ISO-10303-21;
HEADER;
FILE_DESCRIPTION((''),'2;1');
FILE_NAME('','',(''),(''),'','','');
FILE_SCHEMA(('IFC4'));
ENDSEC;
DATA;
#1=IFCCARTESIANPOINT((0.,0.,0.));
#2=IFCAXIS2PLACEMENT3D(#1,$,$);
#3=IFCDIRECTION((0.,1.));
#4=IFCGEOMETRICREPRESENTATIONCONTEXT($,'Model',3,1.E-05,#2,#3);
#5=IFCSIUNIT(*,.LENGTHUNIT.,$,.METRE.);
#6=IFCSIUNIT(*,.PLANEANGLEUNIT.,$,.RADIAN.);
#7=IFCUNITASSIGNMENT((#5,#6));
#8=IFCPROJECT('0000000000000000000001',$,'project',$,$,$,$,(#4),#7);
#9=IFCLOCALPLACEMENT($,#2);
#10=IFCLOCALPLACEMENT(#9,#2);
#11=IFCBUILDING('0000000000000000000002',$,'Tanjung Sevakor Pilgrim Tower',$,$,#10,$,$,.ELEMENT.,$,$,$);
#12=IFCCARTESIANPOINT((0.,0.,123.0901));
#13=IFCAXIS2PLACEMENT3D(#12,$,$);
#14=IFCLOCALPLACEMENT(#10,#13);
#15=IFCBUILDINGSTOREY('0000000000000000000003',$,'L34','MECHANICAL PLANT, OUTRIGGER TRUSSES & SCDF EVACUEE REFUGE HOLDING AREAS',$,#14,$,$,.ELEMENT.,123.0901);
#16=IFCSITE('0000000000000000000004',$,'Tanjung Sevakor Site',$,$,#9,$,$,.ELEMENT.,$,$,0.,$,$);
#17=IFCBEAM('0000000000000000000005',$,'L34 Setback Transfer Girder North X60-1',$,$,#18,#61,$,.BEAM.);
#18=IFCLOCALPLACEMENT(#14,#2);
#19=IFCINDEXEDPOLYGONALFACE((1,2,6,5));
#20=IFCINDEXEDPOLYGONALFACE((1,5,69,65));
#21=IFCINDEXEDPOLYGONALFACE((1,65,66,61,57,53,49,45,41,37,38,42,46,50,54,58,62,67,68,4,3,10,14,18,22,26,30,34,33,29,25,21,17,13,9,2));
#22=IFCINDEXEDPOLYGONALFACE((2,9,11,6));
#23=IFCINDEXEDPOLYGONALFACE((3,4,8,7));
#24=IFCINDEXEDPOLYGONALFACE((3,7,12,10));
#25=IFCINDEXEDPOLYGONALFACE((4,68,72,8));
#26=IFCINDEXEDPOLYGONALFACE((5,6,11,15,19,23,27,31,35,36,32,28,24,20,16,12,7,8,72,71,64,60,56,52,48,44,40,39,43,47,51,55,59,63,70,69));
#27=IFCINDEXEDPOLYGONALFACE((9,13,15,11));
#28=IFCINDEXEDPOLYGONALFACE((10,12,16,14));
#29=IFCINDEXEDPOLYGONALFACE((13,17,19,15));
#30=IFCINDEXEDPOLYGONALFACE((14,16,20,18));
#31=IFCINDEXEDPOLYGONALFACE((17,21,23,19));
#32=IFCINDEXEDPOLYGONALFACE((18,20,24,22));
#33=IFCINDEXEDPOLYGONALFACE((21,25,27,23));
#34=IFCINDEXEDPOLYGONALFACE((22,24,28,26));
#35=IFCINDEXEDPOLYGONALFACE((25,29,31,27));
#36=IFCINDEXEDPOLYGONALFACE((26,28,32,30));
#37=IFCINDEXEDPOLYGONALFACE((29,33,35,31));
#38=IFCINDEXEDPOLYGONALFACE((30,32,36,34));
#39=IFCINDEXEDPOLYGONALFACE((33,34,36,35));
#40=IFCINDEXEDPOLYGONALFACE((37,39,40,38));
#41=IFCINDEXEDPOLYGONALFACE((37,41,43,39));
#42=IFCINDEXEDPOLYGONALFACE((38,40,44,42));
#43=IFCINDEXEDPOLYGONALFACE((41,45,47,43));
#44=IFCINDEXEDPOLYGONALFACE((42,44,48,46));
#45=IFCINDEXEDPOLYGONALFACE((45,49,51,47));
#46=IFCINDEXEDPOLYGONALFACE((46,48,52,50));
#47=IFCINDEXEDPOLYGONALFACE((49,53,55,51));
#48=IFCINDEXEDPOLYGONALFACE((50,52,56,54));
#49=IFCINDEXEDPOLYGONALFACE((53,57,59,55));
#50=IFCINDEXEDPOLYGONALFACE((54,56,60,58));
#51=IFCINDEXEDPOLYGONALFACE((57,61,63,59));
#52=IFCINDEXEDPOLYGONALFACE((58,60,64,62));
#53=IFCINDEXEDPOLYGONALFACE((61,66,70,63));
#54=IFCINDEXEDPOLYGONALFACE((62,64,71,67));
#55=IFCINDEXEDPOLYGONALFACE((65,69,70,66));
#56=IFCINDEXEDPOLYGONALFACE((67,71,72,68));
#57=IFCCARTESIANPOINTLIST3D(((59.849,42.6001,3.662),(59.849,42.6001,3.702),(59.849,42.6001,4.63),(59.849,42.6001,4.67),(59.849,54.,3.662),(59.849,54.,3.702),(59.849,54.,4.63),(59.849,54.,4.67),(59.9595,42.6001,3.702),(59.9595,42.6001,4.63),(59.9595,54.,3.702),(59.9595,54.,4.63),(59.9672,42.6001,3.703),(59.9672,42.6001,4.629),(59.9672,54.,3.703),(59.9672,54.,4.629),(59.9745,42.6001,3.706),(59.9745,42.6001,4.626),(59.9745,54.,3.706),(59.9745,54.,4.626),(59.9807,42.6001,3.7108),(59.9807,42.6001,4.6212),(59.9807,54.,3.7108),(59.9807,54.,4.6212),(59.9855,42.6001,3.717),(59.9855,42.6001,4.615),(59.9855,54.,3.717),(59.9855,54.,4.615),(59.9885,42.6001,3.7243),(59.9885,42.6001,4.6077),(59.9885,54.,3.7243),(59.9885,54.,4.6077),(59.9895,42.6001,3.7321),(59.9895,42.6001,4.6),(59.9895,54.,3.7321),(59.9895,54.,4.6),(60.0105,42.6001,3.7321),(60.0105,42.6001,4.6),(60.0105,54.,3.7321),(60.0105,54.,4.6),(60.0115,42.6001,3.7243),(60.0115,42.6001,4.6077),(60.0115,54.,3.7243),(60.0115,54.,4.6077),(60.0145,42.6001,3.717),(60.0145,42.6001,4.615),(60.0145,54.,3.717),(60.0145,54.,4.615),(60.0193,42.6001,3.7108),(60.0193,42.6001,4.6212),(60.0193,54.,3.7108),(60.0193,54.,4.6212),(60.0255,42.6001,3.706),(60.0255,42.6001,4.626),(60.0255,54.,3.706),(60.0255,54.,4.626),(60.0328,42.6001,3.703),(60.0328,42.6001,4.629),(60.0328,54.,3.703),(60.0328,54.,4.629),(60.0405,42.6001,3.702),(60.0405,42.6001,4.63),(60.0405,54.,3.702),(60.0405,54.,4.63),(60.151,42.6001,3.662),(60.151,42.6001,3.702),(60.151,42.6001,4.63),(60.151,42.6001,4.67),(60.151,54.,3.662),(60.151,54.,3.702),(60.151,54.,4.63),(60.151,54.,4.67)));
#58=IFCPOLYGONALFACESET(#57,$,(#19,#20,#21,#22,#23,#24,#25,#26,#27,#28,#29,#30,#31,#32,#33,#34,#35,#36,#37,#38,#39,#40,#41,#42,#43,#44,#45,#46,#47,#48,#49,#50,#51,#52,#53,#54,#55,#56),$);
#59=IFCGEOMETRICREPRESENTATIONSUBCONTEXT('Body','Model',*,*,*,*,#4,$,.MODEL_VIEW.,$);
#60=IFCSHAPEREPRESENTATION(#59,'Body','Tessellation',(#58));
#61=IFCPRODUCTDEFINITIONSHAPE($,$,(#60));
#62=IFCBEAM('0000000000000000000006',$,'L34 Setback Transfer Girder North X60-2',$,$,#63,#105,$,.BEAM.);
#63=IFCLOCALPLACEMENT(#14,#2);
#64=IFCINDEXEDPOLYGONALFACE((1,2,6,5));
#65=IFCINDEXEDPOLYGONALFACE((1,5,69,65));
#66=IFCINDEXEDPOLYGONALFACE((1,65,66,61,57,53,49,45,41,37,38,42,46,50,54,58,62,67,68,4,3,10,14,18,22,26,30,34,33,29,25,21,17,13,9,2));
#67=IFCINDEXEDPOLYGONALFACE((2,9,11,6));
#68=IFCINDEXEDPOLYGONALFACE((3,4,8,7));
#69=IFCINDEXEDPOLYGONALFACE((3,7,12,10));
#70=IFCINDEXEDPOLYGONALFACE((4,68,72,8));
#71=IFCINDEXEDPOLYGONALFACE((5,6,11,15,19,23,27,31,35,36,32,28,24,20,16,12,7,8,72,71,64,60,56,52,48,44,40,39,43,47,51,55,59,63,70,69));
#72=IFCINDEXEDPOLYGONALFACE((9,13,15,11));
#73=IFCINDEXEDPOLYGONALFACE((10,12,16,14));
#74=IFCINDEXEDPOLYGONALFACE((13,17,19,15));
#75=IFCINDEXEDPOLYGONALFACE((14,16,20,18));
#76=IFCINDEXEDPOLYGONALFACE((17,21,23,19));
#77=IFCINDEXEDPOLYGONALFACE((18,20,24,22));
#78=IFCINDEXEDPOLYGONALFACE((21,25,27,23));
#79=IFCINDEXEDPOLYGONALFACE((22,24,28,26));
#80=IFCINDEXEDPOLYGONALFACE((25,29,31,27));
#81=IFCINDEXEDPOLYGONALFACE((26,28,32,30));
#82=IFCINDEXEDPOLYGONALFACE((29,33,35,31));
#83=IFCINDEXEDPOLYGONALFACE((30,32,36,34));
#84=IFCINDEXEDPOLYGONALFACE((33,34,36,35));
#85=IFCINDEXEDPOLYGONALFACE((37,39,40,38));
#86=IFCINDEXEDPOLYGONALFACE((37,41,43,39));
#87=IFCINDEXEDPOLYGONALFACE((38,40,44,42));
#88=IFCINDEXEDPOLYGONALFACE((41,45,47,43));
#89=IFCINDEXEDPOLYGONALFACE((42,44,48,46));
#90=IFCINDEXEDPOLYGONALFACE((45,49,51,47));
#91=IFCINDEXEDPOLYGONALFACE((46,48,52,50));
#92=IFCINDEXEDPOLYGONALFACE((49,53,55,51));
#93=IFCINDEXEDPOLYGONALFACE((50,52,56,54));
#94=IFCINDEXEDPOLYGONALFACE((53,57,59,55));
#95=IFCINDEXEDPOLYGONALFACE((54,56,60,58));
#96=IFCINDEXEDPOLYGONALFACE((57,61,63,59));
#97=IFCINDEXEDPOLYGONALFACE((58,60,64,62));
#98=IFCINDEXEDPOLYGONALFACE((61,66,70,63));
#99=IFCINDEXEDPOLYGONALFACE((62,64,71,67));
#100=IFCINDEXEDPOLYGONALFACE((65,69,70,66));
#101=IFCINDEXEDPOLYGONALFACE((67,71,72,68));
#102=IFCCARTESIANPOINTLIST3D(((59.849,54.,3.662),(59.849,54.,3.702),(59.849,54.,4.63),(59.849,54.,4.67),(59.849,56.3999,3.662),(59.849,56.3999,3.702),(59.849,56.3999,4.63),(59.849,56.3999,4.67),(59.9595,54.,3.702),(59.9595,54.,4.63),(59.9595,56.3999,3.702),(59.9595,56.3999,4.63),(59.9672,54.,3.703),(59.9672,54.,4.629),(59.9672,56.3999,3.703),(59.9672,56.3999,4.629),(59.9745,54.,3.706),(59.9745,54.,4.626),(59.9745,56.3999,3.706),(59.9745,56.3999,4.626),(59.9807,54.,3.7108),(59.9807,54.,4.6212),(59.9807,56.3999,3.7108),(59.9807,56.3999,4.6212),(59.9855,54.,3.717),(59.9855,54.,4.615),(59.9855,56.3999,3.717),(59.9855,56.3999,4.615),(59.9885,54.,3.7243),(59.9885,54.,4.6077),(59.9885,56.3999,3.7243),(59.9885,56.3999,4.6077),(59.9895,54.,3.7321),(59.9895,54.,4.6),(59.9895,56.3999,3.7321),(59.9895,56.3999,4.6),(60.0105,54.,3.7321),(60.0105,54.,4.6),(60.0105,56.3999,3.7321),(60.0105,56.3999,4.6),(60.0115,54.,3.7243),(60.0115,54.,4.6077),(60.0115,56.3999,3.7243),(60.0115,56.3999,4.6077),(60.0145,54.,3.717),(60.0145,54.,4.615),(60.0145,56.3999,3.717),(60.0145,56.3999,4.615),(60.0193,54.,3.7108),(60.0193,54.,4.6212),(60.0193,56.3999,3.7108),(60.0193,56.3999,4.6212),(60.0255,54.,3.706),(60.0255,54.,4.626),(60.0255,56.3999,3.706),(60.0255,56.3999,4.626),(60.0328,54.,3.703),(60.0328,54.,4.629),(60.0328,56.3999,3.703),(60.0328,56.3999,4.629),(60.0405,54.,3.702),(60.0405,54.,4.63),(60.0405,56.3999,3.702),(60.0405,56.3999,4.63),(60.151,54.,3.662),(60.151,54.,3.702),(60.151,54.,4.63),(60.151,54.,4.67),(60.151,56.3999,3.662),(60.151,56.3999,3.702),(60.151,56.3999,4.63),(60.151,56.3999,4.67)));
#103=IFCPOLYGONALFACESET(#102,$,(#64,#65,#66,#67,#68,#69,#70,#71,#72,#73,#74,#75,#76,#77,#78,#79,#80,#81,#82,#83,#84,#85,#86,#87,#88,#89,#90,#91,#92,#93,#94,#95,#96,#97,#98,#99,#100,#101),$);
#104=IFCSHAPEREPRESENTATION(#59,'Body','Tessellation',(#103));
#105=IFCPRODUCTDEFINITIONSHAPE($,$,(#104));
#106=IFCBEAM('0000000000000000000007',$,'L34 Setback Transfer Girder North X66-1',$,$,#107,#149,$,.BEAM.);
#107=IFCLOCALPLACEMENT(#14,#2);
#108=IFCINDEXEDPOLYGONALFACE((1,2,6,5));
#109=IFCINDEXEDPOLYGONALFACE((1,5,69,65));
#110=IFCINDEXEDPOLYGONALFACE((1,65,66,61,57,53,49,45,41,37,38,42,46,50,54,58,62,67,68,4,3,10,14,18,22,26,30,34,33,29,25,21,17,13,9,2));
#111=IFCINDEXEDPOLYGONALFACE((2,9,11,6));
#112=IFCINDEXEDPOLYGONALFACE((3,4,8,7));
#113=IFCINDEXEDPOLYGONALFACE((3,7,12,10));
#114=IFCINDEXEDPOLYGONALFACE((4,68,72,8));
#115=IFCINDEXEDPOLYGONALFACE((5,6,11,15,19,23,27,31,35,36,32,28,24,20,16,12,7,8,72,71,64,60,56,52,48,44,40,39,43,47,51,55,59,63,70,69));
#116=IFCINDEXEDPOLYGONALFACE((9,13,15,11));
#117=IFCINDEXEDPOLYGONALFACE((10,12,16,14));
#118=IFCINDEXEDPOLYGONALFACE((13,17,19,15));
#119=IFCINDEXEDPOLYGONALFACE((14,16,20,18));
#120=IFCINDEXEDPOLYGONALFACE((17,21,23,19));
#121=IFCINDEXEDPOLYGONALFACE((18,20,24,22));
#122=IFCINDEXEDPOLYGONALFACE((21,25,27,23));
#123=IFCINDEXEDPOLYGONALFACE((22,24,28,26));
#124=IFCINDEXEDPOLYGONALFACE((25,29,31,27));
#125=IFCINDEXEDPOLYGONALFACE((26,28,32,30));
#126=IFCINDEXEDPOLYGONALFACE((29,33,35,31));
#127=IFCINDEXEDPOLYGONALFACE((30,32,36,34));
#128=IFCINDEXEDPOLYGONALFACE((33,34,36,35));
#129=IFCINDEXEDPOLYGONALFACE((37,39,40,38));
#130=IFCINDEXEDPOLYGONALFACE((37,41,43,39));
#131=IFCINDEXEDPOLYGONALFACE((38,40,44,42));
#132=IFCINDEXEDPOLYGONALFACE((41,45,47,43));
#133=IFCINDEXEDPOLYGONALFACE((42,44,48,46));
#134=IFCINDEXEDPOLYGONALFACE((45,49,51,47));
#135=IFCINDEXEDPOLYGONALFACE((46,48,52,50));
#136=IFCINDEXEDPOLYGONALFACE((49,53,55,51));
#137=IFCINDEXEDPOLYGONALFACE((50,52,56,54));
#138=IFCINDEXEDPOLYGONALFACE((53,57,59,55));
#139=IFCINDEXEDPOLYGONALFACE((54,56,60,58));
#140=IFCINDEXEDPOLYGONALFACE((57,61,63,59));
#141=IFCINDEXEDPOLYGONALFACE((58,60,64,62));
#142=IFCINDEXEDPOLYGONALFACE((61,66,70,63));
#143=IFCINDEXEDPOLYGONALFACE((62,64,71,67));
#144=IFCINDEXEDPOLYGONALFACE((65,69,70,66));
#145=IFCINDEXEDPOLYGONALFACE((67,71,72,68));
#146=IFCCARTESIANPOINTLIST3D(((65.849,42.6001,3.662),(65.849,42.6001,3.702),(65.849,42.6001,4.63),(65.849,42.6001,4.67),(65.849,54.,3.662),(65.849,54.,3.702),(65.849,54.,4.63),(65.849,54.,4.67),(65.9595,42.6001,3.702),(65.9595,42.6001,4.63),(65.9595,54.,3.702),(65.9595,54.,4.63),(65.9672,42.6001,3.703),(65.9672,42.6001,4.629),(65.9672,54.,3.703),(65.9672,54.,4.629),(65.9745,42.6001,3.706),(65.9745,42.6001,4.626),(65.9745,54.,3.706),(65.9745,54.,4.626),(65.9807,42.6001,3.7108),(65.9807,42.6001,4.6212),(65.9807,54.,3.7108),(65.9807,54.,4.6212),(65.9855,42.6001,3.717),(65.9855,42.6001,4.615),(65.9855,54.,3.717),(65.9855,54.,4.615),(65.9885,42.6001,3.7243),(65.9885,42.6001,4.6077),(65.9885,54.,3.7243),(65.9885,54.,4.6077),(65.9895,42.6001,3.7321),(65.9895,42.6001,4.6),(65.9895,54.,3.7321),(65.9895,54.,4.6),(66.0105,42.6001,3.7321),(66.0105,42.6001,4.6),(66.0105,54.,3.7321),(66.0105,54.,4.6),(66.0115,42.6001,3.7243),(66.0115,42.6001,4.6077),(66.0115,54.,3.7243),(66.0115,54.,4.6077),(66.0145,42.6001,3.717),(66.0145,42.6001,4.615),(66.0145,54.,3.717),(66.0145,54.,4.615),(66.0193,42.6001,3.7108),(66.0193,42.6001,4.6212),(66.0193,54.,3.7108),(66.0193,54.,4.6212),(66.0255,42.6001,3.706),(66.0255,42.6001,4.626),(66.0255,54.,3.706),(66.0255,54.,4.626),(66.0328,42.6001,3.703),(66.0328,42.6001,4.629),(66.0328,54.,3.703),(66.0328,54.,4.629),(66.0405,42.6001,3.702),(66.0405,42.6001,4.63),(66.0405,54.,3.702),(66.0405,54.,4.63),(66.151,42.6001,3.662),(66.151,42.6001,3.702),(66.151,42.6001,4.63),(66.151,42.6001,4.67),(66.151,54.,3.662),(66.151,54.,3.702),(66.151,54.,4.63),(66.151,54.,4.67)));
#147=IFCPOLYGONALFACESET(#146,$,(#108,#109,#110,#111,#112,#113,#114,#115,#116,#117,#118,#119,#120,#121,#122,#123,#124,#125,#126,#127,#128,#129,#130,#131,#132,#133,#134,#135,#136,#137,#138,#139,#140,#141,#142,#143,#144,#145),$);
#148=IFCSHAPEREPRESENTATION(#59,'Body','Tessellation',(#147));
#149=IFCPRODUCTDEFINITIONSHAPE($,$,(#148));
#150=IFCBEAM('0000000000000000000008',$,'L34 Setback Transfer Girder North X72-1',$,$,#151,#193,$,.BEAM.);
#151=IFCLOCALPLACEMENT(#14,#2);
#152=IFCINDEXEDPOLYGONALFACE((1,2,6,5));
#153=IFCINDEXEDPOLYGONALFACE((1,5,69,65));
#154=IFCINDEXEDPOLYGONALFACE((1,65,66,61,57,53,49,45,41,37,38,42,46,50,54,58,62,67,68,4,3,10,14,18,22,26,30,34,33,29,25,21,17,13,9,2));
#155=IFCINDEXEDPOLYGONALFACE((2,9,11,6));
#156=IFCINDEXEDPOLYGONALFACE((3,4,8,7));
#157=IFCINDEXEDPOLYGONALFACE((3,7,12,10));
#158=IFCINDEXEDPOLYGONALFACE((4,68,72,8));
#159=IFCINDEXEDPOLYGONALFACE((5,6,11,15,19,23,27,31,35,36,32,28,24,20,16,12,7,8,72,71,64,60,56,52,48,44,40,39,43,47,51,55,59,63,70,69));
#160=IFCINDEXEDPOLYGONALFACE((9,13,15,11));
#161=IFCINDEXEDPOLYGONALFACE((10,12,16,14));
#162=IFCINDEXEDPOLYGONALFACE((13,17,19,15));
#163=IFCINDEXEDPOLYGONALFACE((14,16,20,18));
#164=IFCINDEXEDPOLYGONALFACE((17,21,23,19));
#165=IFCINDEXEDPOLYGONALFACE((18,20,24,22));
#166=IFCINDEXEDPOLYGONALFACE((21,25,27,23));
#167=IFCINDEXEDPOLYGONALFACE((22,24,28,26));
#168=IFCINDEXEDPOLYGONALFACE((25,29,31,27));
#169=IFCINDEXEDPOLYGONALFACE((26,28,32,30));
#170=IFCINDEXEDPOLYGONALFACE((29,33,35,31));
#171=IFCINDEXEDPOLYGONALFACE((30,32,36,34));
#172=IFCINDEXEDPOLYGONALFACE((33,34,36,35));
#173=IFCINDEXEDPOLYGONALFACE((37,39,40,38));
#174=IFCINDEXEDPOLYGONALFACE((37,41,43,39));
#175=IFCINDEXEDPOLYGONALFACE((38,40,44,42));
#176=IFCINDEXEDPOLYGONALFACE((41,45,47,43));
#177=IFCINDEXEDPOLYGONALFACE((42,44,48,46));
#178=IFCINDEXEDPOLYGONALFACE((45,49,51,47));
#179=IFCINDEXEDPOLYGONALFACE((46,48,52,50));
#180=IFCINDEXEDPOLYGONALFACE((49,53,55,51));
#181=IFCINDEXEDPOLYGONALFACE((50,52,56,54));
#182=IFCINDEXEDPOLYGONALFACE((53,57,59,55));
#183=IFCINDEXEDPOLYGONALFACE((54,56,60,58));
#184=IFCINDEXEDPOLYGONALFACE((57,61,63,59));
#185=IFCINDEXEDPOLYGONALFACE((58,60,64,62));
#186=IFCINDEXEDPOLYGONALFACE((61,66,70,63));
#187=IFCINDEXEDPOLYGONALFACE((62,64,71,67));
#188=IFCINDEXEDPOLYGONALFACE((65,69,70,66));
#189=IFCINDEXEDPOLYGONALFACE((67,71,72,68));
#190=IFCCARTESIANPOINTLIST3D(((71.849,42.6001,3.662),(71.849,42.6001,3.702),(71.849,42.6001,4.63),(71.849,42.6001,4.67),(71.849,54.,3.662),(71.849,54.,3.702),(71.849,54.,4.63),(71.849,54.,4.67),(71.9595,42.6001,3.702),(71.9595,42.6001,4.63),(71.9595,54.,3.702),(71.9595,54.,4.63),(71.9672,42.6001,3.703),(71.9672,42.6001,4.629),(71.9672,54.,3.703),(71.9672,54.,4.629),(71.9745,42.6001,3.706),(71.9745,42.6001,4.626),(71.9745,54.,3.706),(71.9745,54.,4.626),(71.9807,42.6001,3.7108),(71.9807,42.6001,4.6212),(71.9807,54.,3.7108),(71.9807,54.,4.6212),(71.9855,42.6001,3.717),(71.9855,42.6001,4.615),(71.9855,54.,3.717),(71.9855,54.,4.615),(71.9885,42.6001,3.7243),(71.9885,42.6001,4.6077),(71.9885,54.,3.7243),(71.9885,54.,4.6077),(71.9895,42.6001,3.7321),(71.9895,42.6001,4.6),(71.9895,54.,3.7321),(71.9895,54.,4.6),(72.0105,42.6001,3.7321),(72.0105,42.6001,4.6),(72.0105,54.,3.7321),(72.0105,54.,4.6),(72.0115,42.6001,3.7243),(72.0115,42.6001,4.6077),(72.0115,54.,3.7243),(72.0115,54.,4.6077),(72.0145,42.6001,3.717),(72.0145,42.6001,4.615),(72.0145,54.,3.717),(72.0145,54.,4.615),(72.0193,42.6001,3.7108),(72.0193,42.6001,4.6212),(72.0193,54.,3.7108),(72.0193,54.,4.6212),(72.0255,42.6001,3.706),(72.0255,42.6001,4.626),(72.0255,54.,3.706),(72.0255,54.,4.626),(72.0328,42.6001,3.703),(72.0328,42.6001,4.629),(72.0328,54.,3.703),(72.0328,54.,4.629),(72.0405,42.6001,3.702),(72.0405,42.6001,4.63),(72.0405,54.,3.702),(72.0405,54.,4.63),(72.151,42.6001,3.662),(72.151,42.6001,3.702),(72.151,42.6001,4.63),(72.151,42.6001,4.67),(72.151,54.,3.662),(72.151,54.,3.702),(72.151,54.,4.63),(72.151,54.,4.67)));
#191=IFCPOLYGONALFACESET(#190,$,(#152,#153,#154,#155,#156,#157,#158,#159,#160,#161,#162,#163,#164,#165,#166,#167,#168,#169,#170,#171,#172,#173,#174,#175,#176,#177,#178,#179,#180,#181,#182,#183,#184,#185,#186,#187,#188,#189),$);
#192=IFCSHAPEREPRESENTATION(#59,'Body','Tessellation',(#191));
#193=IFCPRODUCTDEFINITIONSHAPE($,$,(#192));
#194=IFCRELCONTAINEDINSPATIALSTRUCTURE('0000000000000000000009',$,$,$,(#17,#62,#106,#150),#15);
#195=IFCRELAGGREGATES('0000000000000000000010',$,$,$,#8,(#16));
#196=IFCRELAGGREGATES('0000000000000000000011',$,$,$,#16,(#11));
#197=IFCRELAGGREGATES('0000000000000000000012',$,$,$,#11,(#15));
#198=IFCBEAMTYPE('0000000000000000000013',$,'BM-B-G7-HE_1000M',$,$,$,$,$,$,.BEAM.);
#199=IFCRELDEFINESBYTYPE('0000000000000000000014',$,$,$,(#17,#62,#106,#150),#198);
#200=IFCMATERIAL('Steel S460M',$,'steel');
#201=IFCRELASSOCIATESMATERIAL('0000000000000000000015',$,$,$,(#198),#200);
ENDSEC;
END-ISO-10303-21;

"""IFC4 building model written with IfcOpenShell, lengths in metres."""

from ifc_helpers import new_model, si_unit, direction, frame, origin, origin_2d, place, context, subcontext, project, spatial, i_section, extrude, material, material_profile, profile_set, type_object, element, save


model = new_model("IFC4")

# Units and contexts
model_context = context("Model", 3, precision=1e-05, world=origin(), true_north=direction((0.0, 1.0)))
body_context = subcontext(model_context, "Body", "Model", "MODEL_VIEW")
ifc_project = project(units=[si_unit("LENGTHUNIT", "METRE"), si_unit("PLANEANGLEUNIT", "RADIAN")], contexts=[model_context])

# Site, building, storey
site_placement = place(None, origin())
site = spatial("IfcSite", under=ifc_project, at=site_placement, Name="Tanjung Sevakor Site", CompositionType="ELEMENT", RefElevation=0.0)
building_placement = place(site_placement, origin())
building = spatial("IfcBuilding", under=site, at=building_placement, Name="Tanjung Sevakor Pilgrim Tower", CompositionType="ELEMENT")
storey_placement = place(building_placement, frame((0.0, 0.0, 123.0901)))
storey = spatial("IfcBuildingStorey", under=building, at=storey_placement, Name="L34", Description="MECHANICAL PLANT, OUTRIGGER TRUSSES & SCDF EVACUEE REFUGE HOLDING AREAS", CompositionType="ELEMENT", Elevation=123.0901)

# Beams
ifc_material_1 = material(Name="Steel S460M", Category="steel")
ifc_material_profile_1 = material_profile(ifc_material_1, i_section(OverallWidth=0.302, OverallDepth=1.0081, WebThickness=0.021, FlangeThickness=0.04, FilletRadius=0.03, at=origin_2d()))
ifc_profile_set_1 = profile_set([ifc_material_profile_1], Name="Steel S460M")
beam_type_1 = type_object("IfcBeamType", Name="BM-B-G7-HE_1000M", PredefinedType="BEAM", material=ifc_profile_set_1)
beam_1_placement = place(storey_placement, frame((60.0, 42.6001, 4.166), z_axis=(0.0, 1.0, 0.0), x_axis=(-1.0, 0.0, 0.0)))
element("IfcBeam", 1, at=beam_1_placement, inside=storey, type_object=beam_type_1, Name="L34 Setback Transfer Girder North X60-1", PredefinedType="BEAM", context=body_context, shape_type="SweptSolid", body=[
    extrude(i_section(OverallWidth=0.302, OverallDepth=1.0081, WebThickness=0.021, FlangeThickness=0.04, FilletRadius=0.03, at=origin_2d()), origin(), (0.0, 0.0, 1.0), 11.3999),
])
beam_2_placement = place(storey_placement, frame((60.0, 54.0, 4.166), z_axis=(0.0, 1.0, 0.0), x_axis=(-1.0, 0.0, 0.0)))
element("IfcBeam", 2, at=beam_2_placement, inside=storey, type_object=beam_type_1, Name="L34 Setback Transfer Girder North X60-2", PredefinedType="BEAM", context=body_context, shape_type="SweptSolid", body=[
    extrude(i_section(OverallWidth=0.302, OverallDepth=1.0081, WebThickness=0.021, FlangeThickness=0.04, FilletRadius=0.03, at=origin_2d()), origin(), (0.0, 0.0, 1.0), 2.3999),
])
for number, where, z_axis, x_axis, name in (
    (3, (66.0, 42.6001, 4.166), (0.0, 1.0, 0.0), (-1.0, 0.0, 0.0), "L34 Setback Transfer Girder North X66-1"),
    (4, (72.0, 42.6001, 4.166), (0.0, 1.0, 0.0), (-1.0, 0.0, 0.0), "L34 Setback Transfer Girder North X72-1"),
):
    element("IfcBeam", number, at=place(storey_placement, frame(where, z_axis=z_axis, x_axis=x_axis)), inside=storey, type_object=beam_type_1, Name=name, PredefinedType="BEAM", context=body_context, shape_type="SweptSolid", body=[
        extrude(i_section(OverallWidth=0.302, OverallDepth=1.0081, WebThickness=0.021, FlangeThickness=0.04, FilletRadius=0.03, at=origin_2d()), origin(), (0.0, 0.0, 1.0), 11.3999),
    ])

save(model, "model.ifc")
